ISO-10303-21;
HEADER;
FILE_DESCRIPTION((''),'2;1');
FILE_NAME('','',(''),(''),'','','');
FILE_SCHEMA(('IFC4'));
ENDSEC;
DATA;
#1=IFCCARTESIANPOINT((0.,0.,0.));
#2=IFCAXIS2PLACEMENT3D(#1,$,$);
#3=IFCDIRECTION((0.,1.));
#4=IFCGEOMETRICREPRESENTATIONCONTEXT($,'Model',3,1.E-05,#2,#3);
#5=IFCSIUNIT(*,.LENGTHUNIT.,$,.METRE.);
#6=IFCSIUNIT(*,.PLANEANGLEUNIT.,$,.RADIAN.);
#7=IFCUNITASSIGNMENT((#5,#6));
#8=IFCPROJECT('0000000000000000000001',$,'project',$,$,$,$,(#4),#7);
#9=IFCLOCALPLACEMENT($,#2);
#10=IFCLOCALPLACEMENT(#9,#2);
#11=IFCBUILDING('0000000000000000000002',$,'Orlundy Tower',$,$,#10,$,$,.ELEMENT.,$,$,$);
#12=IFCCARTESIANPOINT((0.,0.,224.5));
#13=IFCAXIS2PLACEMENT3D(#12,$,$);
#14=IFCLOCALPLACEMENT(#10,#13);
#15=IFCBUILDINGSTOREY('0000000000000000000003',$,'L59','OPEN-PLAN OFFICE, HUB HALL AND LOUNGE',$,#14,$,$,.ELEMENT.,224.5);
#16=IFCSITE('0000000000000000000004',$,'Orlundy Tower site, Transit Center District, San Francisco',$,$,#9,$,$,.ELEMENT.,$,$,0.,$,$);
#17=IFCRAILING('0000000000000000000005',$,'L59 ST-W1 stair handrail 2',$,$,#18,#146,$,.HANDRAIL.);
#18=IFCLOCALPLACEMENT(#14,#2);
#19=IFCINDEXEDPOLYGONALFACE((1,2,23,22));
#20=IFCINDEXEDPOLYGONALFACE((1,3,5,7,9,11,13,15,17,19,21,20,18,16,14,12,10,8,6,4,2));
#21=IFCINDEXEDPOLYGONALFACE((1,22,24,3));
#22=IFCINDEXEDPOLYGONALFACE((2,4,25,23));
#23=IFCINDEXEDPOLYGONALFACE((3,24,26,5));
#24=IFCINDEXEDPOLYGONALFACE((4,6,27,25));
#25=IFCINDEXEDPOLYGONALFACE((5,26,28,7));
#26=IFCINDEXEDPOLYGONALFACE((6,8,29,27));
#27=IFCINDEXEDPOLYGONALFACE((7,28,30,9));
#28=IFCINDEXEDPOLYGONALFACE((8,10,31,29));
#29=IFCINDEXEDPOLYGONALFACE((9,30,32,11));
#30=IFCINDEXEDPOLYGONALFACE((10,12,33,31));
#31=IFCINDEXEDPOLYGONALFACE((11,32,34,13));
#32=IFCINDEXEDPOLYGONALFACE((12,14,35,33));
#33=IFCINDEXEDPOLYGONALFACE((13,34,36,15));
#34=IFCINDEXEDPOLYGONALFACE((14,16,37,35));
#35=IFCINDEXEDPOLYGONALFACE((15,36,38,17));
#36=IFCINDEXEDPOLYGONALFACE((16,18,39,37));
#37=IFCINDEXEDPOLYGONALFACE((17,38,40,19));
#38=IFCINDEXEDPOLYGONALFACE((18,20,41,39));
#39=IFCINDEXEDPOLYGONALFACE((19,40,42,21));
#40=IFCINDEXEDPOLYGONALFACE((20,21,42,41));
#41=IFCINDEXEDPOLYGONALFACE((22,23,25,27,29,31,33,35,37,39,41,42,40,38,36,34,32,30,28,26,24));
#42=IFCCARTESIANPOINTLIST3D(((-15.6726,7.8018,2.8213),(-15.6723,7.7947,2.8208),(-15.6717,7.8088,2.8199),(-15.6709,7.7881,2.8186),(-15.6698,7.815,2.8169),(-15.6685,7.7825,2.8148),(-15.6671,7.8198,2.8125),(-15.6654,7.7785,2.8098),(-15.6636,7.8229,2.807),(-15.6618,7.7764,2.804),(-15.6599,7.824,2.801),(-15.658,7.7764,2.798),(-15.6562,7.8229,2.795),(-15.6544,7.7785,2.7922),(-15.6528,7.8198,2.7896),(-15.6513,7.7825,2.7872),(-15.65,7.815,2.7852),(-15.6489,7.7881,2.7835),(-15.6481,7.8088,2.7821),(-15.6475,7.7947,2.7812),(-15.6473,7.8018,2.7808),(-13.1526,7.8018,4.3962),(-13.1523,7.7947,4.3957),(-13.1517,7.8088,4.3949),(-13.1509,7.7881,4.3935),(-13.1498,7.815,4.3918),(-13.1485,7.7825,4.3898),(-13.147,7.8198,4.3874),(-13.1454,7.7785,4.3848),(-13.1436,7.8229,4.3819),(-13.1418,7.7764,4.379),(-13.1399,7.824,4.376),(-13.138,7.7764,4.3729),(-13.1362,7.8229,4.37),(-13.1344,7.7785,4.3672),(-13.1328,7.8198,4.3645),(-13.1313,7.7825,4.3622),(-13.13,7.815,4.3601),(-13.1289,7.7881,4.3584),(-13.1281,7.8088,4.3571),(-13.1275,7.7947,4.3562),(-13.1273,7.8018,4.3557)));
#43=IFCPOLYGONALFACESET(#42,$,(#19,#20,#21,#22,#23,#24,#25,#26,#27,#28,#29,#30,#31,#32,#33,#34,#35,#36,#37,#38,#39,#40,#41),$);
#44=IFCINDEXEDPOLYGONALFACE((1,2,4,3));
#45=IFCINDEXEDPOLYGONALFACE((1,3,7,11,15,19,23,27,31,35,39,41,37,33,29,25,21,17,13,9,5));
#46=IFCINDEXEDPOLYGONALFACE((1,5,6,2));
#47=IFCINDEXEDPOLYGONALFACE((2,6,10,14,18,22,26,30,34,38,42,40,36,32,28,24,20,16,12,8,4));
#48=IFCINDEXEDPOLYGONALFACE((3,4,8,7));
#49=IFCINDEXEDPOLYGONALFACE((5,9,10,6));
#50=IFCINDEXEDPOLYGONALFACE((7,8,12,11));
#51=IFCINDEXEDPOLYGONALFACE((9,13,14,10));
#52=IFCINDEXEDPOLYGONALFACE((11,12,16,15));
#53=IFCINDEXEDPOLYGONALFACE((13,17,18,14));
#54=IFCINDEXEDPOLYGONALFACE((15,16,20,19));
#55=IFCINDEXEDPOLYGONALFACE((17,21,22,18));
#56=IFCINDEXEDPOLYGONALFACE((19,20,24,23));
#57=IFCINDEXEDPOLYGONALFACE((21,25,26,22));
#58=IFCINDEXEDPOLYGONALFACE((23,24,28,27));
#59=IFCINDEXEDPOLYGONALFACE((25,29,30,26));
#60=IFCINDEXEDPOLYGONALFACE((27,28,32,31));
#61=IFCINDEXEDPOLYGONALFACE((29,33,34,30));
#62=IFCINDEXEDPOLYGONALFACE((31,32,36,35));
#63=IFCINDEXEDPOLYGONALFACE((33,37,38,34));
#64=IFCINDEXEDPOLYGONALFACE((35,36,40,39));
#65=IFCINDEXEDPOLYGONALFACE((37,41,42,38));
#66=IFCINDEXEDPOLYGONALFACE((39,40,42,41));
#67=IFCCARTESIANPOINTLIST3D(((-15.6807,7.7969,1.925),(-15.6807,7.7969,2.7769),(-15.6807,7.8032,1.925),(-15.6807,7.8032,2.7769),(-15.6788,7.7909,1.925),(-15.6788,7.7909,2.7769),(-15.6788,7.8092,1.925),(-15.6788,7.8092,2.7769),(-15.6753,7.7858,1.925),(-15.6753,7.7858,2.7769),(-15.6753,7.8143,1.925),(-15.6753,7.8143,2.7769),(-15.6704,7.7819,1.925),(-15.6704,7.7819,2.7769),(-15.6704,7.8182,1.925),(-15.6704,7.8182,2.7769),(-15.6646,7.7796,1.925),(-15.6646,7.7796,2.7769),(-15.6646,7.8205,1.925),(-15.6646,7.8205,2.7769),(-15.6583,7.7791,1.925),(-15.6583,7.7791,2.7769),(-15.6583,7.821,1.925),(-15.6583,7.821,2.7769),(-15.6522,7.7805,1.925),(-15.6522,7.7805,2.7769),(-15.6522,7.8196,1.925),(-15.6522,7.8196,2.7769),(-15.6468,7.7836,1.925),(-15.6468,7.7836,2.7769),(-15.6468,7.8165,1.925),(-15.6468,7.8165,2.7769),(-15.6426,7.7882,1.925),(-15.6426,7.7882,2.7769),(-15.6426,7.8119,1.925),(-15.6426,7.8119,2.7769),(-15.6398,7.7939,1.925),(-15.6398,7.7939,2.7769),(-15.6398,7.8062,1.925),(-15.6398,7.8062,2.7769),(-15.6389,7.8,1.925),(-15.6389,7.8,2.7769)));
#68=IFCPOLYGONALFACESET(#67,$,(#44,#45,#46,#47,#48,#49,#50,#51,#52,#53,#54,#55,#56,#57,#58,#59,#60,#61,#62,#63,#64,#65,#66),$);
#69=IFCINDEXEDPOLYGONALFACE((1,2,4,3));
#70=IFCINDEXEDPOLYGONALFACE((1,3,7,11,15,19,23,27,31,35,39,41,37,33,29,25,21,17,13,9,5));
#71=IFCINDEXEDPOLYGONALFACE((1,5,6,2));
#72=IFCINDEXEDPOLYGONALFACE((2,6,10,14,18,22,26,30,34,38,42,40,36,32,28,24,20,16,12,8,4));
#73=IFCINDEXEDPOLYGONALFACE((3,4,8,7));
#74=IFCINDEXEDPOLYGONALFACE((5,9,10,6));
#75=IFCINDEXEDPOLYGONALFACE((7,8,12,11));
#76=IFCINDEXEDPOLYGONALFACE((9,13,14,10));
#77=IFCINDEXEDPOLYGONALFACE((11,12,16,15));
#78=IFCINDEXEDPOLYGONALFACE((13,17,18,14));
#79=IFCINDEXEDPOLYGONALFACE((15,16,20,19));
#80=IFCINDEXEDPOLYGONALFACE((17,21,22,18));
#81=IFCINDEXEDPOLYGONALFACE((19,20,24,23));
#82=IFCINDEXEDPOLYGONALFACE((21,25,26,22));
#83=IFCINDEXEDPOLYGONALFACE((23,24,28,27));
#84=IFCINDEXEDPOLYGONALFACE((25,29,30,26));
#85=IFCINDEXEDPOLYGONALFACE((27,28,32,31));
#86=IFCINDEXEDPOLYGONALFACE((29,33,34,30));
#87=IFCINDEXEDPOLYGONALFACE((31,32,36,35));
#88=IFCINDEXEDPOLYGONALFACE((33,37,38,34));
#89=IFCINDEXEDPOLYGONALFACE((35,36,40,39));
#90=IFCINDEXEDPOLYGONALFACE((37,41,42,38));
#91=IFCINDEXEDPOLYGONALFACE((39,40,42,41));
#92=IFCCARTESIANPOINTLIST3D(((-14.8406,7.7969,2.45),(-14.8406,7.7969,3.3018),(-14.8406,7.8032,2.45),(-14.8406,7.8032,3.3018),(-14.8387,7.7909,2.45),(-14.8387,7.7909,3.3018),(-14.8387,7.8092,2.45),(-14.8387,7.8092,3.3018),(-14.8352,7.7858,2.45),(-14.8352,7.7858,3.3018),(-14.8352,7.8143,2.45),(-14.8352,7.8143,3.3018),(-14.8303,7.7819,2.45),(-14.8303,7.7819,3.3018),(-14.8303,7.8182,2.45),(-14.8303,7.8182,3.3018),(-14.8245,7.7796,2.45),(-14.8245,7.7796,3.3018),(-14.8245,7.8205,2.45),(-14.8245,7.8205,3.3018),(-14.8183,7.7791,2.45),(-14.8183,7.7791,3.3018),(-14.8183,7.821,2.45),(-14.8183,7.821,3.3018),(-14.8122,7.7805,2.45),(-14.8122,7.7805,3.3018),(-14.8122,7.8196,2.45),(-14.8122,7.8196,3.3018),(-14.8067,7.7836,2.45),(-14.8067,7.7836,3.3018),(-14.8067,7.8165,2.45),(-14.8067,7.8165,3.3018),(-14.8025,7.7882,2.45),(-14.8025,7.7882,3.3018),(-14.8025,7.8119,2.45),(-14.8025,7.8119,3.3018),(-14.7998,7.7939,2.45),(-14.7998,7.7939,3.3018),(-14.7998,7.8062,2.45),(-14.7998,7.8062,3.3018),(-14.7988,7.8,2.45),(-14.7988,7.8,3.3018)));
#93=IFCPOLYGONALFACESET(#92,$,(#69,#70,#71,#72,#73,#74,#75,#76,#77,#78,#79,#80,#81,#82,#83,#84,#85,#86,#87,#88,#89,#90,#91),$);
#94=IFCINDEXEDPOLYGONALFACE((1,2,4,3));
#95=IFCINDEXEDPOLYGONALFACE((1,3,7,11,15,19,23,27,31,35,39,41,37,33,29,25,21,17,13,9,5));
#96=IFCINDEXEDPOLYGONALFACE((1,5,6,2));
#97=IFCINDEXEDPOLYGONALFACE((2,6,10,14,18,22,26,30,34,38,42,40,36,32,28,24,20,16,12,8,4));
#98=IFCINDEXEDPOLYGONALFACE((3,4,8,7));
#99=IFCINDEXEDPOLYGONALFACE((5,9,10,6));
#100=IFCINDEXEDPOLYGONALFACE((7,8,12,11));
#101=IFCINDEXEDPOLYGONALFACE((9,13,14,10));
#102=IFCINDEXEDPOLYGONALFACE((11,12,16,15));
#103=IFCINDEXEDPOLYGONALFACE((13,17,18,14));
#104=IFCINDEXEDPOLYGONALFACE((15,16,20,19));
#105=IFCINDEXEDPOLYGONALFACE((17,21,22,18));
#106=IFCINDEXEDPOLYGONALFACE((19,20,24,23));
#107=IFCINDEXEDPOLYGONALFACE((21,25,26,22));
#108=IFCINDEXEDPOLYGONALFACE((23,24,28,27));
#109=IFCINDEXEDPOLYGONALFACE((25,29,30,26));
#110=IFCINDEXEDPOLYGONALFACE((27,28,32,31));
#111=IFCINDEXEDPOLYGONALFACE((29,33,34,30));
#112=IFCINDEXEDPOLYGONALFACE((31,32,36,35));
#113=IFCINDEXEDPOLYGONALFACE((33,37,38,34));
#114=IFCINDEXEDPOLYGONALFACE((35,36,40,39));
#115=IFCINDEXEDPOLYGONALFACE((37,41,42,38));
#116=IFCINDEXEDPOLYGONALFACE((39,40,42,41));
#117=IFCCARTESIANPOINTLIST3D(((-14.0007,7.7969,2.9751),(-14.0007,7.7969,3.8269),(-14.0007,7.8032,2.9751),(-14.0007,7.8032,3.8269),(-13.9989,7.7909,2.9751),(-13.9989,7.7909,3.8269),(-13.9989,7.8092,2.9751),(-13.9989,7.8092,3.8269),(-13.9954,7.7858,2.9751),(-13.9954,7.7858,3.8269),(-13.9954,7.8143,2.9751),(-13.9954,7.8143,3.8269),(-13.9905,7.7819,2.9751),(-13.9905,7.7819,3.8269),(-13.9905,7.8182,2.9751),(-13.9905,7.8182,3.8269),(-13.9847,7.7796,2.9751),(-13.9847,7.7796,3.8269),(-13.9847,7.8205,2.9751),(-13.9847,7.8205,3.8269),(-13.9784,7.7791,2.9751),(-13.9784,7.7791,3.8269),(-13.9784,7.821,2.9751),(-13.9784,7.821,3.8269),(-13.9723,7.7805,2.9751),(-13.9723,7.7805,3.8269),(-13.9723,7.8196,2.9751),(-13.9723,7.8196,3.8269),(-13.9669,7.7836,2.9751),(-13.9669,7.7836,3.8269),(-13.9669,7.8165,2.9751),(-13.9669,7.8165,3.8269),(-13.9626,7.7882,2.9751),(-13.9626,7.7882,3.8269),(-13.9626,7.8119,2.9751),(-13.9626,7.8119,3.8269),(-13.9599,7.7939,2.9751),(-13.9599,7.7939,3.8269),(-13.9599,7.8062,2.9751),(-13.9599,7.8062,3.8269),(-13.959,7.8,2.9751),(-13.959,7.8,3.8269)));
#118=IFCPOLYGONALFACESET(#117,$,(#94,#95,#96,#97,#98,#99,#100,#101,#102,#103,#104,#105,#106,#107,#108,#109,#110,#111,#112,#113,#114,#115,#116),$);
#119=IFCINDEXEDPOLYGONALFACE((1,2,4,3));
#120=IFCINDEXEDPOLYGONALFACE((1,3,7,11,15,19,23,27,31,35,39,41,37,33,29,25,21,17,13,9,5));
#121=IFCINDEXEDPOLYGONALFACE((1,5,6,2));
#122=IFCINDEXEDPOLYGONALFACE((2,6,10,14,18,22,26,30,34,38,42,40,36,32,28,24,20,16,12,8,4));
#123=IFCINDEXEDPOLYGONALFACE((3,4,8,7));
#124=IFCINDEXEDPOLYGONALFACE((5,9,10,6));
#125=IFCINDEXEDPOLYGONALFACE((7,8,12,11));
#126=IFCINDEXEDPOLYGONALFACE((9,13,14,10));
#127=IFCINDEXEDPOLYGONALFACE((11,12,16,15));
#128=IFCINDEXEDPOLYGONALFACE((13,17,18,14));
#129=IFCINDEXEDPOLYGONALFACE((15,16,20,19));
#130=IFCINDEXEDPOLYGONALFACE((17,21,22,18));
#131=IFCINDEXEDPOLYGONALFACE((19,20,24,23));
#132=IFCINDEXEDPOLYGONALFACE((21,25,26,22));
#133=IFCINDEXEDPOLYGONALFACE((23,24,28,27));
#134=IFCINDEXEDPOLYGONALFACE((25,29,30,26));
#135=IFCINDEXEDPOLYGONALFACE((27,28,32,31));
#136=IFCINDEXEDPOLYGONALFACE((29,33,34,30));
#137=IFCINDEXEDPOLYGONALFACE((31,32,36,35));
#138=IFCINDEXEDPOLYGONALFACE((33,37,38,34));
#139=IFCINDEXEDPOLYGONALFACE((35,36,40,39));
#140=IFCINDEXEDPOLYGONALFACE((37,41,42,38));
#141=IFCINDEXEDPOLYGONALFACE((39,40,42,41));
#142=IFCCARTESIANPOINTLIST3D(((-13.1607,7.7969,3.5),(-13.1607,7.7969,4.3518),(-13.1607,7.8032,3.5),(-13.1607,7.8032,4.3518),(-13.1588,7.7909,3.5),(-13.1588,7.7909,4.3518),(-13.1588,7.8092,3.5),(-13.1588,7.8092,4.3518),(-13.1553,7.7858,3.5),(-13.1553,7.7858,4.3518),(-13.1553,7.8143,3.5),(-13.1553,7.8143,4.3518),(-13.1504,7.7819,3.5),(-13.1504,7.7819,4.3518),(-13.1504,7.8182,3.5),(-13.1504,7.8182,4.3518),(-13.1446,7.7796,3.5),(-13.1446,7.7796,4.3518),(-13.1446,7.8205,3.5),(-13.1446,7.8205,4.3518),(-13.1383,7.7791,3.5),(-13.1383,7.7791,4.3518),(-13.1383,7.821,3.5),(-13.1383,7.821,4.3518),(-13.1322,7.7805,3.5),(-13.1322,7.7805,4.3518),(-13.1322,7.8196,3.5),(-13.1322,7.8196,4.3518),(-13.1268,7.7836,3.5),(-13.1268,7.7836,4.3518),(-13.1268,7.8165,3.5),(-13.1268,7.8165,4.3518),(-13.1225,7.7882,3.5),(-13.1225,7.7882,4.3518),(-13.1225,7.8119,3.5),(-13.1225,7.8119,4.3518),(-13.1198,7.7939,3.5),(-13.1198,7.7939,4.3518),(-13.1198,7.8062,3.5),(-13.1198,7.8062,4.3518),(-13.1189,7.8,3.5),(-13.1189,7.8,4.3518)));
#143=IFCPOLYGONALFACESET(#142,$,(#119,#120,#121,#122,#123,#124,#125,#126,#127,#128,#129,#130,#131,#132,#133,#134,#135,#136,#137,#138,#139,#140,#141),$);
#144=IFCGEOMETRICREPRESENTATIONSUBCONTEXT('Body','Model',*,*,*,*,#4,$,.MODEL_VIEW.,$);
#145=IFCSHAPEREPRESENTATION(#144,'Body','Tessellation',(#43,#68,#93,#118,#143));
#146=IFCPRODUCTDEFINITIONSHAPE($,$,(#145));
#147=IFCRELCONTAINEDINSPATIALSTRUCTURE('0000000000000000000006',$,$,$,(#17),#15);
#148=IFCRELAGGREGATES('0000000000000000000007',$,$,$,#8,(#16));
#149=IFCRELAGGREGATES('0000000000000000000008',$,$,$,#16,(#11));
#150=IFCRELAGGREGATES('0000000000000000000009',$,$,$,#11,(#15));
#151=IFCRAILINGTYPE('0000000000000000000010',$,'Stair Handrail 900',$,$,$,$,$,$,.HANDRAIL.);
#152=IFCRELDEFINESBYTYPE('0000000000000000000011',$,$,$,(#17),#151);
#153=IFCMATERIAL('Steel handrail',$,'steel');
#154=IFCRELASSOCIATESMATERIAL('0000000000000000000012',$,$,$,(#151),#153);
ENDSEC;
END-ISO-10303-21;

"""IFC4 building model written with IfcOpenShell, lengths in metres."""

from ifc_helpers import new_model, si_unit, direction, frame, origin, origin_2d, place, context, subcontext, project, spatial, circle, extrude, material, type_object, element, save


model = new_model("IFC4")

# Units and contexts
model_context = context("Model", 3, precision=1e-05, world=origin(), true_north=direction((0.0, 1.0)))
body_context = subcontext(model_context, "Body", "Model", "MODEL_VIEW")
ifc_project = project(units=[si_unit("LENGTHUNIT", "METRE"), si_unit("PLANEANGLEUNIT", "RADIAN")], contexts=[model_context])

# Site, building, storey
site_placement = place(None, origin())
site = spatial("IfcSite", under=ifc_project, at=site_placement, Name="Orlundy Tower site, Transit Center District, San Francisco", CompositionType="ELEMENT", RefElevation=0.0)
building_placement = place(site_placement, origin())
building = spatial("IfcBuilding", under=site, at=building_placement, Name="Orlundy Tower", CompositionType="ELEMENT")
storey_placement = place(building_placement, frame((0.0, 0.0, 224.5)))
storey = spatial("IfcBuildingStorey", under=building, at=storey_placement, Name="L59", Description="OPEN-PLAN OFFICE, HUB HALL AND LOUNGE", CompositionType="ELEMENT", Elevation=224.5)

# Railing
ifc_material_1 = material(Name="Steel handrail", Category="steel")
railing_type_1 = type_object("IfcRailingType", Name="Stair Handrail 900", PredefinedType="HANDRAIL", material=ifc_material_1)
railing_1_placement = place(storey_placement, frame((-15.6599, 7.8, 1.925)))
element("IfcRailing", 1, at=railing_1_placement, inside=storey, type_object=railing_type_1, Name="L59 ST-W1 stair handrail 2", PredefinedType="HANDRAIL", context=body_context, shape_type="SweptSolid", body=[
    extrude(circle(Radius=0.0239, at=origin_2d()), frame((0.0, 0.0, 0.876), z_axis=(0.848008, 0.0, 0.529984), x_axis=(0.0, 1.0, 0.0)), (0.0, 0.0, 1.0), 2.9717),
    extrude(circle(Radius=0.021, at=origin_2d()), origin(), (0.0, 0.0, 1.0), 0.8518),
    extrude(circle(Radius=0.021, at=origin_2d()), frame((0.8401, 0.0, 0.5249)), (0.0, 0.0, 1.0), 0.8518),
    extrude(circle(Radius=0.021, at=origin_2d()), frame((1.6799, 0.0, 1.05)), (0.0, 0.0, 1.0), 0.8518),
    extrude(circle(Radius=0.021, at=origin_2d()), frame((2.52, 0.0, 1.575)), (0.0, 0.0, 1.0), 0.8518),
])

save(model, "model.ifc")
